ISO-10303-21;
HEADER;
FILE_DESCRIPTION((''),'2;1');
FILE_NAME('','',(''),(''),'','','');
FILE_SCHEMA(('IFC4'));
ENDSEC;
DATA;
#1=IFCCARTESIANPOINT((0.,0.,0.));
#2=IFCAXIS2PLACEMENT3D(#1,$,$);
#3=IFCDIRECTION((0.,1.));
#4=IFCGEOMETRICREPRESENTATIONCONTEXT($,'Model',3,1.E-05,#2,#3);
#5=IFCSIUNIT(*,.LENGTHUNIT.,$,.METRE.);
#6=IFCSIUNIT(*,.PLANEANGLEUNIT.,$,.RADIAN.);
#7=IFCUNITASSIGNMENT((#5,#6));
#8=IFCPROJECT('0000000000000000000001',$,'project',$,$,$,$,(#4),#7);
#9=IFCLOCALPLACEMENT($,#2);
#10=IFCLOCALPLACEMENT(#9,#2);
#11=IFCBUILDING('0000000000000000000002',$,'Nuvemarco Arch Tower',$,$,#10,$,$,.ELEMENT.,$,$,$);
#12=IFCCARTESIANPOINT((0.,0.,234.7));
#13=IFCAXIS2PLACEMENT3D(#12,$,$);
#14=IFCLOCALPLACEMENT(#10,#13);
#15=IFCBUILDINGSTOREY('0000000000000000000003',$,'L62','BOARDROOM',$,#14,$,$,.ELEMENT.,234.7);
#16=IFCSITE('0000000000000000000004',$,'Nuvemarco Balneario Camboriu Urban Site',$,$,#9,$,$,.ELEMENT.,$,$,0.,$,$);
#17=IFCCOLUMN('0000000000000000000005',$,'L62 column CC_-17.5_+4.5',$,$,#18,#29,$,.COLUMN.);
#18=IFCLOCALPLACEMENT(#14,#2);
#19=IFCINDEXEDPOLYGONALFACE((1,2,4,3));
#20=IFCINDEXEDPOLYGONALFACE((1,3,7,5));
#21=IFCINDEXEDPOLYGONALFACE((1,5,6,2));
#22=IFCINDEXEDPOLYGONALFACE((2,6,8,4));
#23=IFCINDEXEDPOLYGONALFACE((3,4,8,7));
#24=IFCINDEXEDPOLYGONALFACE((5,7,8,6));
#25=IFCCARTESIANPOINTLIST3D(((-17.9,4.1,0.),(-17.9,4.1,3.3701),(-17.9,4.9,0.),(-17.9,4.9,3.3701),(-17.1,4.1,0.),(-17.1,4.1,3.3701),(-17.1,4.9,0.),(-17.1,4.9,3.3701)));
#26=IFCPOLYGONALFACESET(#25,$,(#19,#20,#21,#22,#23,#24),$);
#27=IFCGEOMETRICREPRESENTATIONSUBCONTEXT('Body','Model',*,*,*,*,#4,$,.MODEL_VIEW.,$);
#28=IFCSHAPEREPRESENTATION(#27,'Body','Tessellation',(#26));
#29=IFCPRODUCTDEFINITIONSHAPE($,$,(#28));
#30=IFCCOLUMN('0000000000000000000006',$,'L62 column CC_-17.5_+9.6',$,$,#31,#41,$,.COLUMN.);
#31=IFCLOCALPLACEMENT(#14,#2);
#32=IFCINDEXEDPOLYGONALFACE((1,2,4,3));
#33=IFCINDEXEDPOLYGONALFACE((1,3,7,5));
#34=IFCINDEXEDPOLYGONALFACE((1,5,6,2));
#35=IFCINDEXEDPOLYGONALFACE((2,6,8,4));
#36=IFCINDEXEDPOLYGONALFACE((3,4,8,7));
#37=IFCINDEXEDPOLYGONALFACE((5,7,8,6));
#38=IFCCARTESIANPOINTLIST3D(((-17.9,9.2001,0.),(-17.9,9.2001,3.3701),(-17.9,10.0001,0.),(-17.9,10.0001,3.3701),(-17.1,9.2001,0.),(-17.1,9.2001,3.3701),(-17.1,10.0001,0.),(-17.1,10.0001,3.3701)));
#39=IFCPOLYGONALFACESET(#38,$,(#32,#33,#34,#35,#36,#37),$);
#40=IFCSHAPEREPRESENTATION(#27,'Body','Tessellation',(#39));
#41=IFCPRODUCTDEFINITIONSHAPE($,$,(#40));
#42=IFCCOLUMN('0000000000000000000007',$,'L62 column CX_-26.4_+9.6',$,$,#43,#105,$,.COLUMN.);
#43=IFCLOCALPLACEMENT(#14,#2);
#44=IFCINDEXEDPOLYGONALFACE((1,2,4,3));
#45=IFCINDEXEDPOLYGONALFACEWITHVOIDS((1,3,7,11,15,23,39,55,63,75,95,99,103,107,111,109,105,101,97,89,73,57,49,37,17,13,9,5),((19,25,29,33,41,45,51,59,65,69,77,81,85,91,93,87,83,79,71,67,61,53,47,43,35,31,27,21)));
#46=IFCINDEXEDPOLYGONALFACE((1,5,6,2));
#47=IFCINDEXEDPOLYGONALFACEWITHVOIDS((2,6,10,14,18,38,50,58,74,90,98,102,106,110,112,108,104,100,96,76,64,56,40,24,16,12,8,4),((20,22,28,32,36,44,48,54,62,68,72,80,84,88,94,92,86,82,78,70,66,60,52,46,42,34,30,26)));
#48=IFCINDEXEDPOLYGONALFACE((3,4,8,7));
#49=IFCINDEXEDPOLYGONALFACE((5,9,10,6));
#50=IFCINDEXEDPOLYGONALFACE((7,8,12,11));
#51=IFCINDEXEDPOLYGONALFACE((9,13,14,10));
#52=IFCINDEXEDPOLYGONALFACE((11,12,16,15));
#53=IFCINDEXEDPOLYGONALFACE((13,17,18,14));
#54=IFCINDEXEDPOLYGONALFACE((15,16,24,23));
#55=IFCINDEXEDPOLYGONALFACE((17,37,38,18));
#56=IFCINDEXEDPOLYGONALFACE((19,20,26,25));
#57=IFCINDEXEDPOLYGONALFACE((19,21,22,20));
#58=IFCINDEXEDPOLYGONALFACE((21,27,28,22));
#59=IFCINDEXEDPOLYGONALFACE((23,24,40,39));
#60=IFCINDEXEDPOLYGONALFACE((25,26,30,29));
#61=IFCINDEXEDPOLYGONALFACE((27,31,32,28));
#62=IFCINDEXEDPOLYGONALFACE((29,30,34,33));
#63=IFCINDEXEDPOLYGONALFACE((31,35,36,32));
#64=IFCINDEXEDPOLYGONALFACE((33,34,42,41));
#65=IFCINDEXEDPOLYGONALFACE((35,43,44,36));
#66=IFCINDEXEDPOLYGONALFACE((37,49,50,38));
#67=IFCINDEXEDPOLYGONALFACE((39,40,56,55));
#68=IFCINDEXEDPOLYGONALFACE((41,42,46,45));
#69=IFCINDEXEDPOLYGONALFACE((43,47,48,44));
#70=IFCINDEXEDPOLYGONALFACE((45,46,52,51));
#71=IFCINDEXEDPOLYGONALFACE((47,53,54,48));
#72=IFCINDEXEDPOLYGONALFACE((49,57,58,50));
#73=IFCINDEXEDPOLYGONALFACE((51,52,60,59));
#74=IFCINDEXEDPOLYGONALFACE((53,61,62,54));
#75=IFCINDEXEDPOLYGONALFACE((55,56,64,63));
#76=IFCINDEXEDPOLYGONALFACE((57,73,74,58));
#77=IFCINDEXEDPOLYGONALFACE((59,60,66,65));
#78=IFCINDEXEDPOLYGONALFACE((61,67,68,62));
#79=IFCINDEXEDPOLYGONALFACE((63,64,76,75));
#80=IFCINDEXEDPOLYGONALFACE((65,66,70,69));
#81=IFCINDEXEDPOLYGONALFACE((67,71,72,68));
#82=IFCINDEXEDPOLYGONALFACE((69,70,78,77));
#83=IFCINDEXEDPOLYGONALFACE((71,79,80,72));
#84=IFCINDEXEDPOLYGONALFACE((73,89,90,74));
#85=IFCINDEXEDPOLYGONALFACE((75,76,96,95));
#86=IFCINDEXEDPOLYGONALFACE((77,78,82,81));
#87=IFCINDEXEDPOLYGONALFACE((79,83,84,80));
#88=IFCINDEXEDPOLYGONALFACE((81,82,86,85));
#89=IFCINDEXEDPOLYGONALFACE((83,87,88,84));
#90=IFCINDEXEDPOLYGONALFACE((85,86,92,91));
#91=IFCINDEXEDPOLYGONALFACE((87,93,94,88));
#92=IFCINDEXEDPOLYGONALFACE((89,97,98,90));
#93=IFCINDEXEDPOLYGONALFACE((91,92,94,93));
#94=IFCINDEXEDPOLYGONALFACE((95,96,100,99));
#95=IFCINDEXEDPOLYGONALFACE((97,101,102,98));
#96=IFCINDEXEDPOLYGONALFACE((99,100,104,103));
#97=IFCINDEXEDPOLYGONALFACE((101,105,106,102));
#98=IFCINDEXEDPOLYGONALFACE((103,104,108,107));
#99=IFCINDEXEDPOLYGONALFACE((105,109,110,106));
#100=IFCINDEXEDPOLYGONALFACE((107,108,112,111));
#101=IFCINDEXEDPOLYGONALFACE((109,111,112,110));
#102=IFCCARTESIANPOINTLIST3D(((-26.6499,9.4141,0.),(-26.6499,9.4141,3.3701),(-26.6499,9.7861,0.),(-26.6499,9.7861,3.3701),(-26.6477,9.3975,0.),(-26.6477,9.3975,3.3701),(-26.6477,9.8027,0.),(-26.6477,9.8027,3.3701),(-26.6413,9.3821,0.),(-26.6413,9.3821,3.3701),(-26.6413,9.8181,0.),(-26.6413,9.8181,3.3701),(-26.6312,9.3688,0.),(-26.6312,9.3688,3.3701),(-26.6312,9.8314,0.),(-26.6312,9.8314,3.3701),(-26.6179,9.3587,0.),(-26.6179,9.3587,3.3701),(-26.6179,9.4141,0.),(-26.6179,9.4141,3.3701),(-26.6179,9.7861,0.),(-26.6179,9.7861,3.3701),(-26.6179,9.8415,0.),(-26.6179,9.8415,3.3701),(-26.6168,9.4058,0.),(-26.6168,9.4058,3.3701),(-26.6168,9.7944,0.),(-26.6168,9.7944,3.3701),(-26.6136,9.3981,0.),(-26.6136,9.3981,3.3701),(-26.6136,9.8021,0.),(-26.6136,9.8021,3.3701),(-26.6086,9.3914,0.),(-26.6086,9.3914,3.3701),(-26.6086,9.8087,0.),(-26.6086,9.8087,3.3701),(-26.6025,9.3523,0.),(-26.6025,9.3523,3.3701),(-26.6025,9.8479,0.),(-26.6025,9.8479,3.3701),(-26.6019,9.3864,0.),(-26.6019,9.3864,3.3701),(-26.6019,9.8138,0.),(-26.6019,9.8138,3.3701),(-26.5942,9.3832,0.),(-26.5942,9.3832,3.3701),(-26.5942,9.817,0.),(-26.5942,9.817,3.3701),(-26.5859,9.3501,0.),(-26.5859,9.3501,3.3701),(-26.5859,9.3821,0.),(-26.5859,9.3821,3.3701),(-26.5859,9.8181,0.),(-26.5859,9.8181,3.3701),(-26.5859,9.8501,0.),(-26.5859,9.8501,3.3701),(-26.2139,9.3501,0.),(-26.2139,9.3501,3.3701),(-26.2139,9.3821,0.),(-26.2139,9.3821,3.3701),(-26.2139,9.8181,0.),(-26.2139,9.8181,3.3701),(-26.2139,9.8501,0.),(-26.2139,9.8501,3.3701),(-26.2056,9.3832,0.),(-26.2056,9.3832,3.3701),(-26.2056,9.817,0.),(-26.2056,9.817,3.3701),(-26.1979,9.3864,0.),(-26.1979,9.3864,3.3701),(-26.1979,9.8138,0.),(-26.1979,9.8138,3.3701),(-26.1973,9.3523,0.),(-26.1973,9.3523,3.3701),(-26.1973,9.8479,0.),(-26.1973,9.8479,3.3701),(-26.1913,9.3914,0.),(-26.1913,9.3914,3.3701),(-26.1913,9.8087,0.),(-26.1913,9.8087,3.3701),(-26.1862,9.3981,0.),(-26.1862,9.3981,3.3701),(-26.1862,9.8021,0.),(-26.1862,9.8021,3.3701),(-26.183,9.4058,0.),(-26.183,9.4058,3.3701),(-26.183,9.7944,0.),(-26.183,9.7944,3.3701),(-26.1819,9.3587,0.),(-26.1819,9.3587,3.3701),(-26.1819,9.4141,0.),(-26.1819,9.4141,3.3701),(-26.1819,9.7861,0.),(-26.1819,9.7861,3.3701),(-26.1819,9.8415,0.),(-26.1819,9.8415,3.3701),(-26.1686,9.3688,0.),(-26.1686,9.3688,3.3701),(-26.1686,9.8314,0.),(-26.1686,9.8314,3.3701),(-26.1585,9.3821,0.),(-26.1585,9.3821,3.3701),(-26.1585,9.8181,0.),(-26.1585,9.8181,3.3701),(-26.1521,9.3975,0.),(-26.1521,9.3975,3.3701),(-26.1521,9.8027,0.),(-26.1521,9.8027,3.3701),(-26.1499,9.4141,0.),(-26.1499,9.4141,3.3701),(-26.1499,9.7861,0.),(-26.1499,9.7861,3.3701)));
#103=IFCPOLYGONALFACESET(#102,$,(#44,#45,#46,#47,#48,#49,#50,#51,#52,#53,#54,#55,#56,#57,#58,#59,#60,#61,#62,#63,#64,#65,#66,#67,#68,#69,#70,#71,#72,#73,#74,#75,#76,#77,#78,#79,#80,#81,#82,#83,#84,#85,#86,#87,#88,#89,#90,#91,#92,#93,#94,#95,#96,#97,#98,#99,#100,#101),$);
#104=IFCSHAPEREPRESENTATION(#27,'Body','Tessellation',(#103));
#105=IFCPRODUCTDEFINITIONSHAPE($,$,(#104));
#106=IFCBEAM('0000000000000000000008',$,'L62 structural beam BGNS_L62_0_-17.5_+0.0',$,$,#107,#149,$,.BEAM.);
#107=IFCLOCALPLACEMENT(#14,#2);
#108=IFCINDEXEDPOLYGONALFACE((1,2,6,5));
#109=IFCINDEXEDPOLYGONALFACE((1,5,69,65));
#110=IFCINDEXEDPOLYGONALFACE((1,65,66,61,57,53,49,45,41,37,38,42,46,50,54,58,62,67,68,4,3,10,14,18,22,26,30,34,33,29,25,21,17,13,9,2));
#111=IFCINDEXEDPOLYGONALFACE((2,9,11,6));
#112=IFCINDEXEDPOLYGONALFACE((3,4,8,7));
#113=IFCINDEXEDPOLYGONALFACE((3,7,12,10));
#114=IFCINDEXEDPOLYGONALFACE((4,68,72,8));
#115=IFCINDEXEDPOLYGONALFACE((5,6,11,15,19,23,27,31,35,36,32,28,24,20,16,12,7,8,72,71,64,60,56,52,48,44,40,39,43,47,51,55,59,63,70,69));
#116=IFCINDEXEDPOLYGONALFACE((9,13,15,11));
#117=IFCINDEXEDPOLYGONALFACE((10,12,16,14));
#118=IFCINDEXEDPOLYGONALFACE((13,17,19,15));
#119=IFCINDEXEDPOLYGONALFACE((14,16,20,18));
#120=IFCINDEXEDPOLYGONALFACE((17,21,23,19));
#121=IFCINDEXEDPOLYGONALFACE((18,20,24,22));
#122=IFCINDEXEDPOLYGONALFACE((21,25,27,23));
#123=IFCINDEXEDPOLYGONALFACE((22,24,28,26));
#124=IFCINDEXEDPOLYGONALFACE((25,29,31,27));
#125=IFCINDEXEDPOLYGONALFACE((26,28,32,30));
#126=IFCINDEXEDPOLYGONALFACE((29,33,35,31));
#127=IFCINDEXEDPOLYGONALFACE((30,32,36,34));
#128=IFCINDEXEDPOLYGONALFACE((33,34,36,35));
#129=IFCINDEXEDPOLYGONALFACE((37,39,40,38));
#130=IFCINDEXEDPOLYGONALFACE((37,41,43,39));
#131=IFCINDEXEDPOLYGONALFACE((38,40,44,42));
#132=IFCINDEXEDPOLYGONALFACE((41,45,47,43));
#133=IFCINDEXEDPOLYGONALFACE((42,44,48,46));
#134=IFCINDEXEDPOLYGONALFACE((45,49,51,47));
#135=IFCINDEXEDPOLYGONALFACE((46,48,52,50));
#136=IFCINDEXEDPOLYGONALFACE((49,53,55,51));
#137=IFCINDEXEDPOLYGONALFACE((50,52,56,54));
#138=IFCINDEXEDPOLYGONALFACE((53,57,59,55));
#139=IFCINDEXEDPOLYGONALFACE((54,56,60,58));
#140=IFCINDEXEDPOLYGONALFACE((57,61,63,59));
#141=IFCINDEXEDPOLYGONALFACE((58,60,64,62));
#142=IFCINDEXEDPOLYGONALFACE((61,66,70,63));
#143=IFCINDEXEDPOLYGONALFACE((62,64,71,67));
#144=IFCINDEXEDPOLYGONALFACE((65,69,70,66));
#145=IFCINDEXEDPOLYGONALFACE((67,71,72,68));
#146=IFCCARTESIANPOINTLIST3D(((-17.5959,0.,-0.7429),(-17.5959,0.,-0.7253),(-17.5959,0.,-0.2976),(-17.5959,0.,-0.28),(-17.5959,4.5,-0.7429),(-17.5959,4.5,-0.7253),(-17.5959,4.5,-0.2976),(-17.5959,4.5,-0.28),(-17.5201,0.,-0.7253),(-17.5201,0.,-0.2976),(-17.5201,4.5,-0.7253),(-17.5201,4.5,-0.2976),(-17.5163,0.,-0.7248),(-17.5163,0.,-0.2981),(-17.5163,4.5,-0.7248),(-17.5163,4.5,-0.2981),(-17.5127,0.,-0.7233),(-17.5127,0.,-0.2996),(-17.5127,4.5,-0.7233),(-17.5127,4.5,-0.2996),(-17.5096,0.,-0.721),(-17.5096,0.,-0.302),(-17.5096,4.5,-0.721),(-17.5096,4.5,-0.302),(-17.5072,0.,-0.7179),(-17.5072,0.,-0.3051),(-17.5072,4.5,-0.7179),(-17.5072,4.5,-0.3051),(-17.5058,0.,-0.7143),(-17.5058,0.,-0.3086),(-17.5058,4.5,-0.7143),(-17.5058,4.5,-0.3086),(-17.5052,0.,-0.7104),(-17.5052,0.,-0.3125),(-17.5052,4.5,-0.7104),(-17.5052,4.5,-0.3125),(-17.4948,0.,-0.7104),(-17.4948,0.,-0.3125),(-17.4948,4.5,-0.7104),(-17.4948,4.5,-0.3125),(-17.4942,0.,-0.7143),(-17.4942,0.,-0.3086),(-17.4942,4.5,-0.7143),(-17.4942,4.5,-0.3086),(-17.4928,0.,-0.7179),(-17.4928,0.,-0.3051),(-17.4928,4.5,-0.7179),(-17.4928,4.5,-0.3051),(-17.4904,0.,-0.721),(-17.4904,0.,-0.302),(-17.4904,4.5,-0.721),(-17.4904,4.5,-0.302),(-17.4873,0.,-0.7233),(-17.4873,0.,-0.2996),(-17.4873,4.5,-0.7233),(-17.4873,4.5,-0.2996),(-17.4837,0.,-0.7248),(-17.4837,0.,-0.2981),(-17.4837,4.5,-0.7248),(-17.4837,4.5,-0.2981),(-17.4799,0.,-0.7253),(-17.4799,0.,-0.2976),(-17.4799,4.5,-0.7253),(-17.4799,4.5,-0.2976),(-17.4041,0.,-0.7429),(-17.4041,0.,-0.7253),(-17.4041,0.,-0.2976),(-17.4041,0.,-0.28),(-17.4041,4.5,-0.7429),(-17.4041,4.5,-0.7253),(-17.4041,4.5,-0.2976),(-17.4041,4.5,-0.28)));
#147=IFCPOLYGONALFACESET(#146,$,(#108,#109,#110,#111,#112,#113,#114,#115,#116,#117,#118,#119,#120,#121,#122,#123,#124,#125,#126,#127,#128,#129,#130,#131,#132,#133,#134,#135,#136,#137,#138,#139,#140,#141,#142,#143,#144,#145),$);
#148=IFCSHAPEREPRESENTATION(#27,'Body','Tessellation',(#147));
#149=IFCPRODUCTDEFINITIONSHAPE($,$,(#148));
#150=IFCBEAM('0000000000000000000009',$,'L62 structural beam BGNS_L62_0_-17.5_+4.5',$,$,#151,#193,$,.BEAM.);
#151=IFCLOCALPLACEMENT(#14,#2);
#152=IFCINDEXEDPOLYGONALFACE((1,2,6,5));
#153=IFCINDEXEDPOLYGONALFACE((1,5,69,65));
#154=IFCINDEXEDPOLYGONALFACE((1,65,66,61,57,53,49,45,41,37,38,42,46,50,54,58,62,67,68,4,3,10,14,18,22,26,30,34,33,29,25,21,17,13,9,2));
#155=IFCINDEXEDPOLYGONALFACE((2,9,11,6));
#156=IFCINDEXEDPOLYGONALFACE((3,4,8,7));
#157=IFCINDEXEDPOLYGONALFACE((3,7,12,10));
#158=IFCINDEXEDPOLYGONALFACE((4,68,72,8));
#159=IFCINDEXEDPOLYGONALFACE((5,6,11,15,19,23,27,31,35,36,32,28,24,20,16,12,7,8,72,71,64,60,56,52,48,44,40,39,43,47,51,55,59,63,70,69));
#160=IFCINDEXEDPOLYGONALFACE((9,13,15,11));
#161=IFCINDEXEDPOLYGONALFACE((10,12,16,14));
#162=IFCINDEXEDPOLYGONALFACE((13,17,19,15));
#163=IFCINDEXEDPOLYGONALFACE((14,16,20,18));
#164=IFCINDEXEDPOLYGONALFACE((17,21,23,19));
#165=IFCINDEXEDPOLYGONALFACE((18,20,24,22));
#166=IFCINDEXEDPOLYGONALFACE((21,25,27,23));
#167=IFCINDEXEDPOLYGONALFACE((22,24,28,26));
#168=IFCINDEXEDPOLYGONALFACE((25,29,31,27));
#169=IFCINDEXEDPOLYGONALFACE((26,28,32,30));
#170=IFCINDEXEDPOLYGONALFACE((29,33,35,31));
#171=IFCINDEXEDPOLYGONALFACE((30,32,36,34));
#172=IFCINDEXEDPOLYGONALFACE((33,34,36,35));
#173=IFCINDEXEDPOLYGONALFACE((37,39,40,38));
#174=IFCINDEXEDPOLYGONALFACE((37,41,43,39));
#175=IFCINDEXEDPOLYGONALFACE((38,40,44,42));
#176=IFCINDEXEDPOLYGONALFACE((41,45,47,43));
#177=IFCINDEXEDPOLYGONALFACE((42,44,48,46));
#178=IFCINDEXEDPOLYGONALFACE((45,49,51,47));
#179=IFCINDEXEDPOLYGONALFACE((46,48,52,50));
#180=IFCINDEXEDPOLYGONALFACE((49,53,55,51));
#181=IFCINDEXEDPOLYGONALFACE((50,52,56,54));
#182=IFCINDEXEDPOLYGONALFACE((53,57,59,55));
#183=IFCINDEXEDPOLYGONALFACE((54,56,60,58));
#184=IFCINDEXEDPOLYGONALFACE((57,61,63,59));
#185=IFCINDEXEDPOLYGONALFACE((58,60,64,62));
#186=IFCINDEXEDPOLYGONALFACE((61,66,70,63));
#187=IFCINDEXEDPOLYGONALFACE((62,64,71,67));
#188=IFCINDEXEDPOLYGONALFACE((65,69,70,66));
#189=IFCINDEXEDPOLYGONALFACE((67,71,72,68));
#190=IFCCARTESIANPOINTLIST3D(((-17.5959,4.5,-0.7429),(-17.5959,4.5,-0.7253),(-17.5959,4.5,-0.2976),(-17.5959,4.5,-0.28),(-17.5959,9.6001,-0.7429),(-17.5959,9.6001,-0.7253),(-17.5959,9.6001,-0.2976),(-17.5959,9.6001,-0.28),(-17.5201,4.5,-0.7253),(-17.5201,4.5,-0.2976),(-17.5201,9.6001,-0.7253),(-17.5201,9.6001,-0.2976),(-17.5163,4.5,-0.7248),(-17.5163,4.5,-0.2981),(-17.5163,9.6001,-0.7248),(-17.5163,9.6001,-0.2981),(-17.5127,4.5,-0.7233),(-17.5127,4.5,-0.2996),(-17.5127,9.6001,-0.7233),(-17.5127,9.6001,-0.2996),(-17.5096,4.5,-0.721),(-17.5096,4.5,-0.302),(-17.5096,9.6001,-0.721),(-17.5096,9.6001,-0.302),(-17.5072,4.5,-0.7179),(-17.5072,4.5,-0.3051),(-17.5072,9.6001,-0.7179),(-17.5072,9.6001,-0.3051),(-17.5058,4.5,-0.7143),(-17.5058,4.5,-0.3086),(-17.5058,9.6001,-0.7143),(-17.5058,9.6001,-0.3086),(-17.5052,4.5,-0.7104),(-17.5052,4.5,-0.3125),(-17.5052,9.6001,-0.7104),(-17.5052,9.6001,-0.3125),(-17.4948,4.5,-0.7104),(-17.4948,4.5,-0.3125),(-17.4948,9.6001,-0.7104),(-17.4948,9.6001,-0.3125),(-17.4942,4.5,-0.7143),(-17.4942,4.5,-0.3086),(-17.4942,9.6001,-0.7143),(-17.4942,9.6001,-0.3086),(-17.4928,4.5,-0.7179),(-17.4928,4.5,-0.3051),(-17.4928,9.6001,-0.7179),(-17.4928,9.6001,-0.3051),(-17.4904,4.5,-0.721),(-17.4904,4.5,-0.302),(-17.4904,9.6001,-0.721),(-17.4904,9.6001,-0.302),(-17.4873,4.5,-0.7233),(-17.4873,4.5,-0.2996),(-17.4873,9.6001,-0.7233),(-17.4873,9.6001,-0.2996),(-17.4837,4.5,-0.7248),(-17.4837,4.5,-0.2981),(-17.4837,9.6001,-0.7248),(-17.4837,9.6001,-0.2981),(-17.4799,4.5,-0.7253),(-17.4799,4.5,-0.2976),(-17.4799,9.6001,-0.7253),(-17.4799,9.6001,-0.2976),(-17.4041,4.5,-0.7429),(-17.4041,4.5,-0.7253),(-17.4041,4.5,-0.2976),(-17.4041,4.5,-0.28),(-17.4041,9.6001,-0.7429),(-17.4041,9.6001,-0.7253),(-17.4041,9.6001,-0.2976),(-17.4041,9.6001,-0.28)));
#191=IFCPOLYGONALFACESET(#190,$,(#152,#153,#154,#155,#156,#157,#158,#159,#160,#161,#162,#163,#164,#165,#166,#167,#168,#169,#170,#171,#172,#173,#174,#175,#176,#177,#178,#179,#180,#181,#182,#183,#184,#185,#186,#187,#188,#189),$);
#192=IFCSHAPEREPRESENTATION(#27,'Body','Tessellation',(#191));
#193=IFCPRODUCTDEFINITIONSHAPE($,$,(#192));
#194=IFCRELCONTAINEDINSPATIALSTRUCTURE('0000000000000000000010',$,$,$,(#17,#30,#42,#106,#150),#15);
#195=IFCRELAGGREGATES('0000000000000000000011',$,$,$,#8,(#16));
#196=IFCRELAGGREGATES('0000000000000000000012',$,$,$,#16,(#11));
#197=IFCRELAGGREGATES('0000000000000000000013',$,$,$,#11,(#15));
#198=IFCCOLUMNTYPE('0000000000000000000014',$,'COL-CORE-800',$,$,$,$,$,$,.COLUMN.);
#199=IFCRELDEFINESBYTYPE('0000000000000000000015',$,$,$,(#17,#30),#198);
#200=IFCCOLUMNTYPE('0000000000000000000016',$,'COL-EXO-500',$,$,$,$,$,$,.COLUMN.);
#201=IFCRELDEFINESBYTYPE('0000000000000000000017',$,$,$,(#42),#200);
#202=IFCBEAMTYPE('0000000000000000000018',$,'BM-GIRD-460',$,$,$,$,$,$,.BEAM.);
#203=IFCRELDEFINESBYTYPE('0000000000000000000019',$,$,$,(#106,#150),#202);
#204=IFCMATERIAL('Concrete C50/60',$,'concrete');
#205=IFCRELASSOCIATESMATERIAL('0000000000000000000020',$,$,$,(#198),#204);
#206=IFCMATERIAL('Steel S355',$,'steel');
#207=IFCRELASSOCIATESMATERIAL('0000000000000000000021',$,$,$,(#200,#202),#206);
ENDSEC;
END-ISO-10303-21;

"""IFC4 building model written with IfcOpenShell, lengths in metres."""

from ifc_helpers import new_model, si_unit, direction, frame, origin, origin_2d, place, context, subcontext, project, spatial, rectangle, hollow_rectangle, i_section, extrude, material, material_profile, profile_set, type_object, element, save


model = new_model("IFC4")

# Units and contexts
model_context = context("Model", 3, precision=1e-05, world=origin(), true_north=direction((0.0, 1.0)))
body_context = subcontext(model_context, "Body", "Model", "MODEL_VIEW")
ifc_project = project(units=[si_unit("LENGTHUNIT", "METRE"), si_unit("PLANEANGLEUNIT", "RADIAN")], contexts=[model_context])

# Site, building, storey
site_placement = place(None, origin())
site = spatial("IfcSite", under=ifc_project, at=site_placement, Name="Nuvemarco Balneario Camboriu Urban Site", CompositionType="ELEMENT", RefElevation=0.0)
building_placement = place(site_placement, origin())
building = spatial("IfcBuilding", under=site, at=building_placement, Name="Nuvemarco Arch Tower", CompositionType="ELEMENT")
storey_placement = place(building_placement, frame((0.0, 0.0, 234.7)))
storey = spatial("IfcBuildingStorey", under=building, at=storey_placement, Name="L62", Description="BOARDROOM", CompositionType="ELEMENT", Elevation=234.7)

# Columns
ifc_material_1 = material(Name="Concrete C50/60", Category="concrete")
ifc_material_profile_1 = material_profile(ifc_material_1, rectangle(XDim=0.8, YDim=0.8, at=origin_2d()), Name="RC-COL-800x800")
ifc_profile_set_1 = profile_set([ifc_material_profile_1], Name="Concrete C50/60")
column_type_1 = type_object("IfcColumnType", Name="COL-CORE-800", PredefinedType="COLUMN", material=ifc_profile_set_1)
for number, where, z_axis, x_axis, name in (
    (1, (-17.5, 4.5, 0.0), (0.0, 0.0, 1.0), (1.0, 0.0, 0.0), "L62 column CC_-17.5_+4.5"),
    (2, (-17.5, 9.6001, 0.0), (0.0, 0.0, 1.0), (1.0, 0.0, 0.0), "L62 column CC_-17.5_+9.6"),
):
    element("IfcColumn", number, at=place(storey_placement, frame(where, z_axis=z_axis, x_axis=x_axis)), inside=storey, type_object=column_type_1, Name=name, PredefinedType="COLUMN", context=body_context, shape_type="SweptSolid", body=[
        extrude(rectangle(XDim=0.8, YDim=0.8, at=origin_2d()), origin(), (0.0, 0.0, 1.0), 3.3701),
    ])
ifc_material_2 = material(Name="Steel S355", Category="steel")
ifc_material_profile_2 = material_profile(ifc_material_2, hollow_rectangle(XDim=0.5, YDim=0.5, WallThickness=0.032, InnerFilletRadius=0.032, OuterFilletRadius=0.064, at=origin_2d()), Name="SHS500x500x32")
ifc_profile_set_2 = profile_set([ifc_material_profile_2], Name="Steel S355")
column_type_2 = type_object("IfcColumnType", Name="COL-EXO-500", PredefinedType="COLUMN", material=ifc_profile_set_2)
column_placement = place(storey_placement, frame((-26.3999, 9.6001, 0.0), z_axis=(0.0, 0.0, 1.0), x_axis=(1.0, 0.0, 0.0)))
element("IfcColumn", 3, at=column_placement, inside=storey, type_object=column_type_2, Name="L62 column CX_-26.4_+9.6", PredefinedType="COLUMN", context=body_context, shape_type="SweptSolid", body=[
    extrude(hollow_rectangle(XDim=0.5, YDim=0.5, WallThickness=0.032, InnerFilletRadius=0.032, OuterFilletRadius=0.064, at=origin_2d()), origin(), (0.0, 0.0, 1.0), 3.3701),
])

# Beams
ifc_material_profile_3 = material_profile(ifc_material_2, i_section(OverallWidth=0.1919, OverallDepth=0.4629, WebThickness=0.0105, FlangeThickness=0.0176, FilletRadius=0.0149, at=origin_2d()), Name="W460x89")
ifc_profile_set_3 = profile_set([ifc_material_profile_3], Name="Steel S355")
beam_type_1 = type_object("IfcBeamType", Name="BM-GIRD-460", PredefinedType="BEAM", material=ifc_profile_set_3)
beam_1_placement = place(storey_placement, frame((-17.5, 0.0, -0.5115), z_axis=(0.0, 1.0, 0.0), x_axis=(-1.0, 0.0, 0.0)))
element("IfcBeam", 4, at=beam_1_placement, inside=storey, type_object=beam_type_1, Name="L62 structural beam BGNS_L62_0_-17.5_+0.0", PredefinedType="BEAM", context=body_context, shape_type="SweptSolid", body=[
    extrude(i_section(OverallWidth=0.1919, OverallDepth=0.4629, WebThickness=0.0105, FlangeThickness=0.0176, FilletRadius=0.0149, at=origin_2d()), origin(), (0.0, 0.0, 1.0), 4.5),
])
beam_2_placement = place(storey_placement, frame((-17.5, 4.5, -0.5115), z_axis=(0.0, 1.0, 0.0), x_axis=(-1.0, 0.0, 0.0)))
element("IfcBeam", 5, at=beam_2_placement, inside=storey, type_object=beam_type_1, Name="L62 structural beam BGNS_L62_0_-17.5_+4.5", PredefinedType="BEAM", context=body_context, shape_type="SweptSolid", body=[
    extrude(i_section(OverallWidth=0.1919, OverallDepth=0.4629, WebThickness=0.0105, FlangeThickness=0.0176, FilletRadius=0.0149, at=origin_2d()), origin(), (0.0, 0.0, 1.0), 5.1001),
])

save(model, "model.ifc")
